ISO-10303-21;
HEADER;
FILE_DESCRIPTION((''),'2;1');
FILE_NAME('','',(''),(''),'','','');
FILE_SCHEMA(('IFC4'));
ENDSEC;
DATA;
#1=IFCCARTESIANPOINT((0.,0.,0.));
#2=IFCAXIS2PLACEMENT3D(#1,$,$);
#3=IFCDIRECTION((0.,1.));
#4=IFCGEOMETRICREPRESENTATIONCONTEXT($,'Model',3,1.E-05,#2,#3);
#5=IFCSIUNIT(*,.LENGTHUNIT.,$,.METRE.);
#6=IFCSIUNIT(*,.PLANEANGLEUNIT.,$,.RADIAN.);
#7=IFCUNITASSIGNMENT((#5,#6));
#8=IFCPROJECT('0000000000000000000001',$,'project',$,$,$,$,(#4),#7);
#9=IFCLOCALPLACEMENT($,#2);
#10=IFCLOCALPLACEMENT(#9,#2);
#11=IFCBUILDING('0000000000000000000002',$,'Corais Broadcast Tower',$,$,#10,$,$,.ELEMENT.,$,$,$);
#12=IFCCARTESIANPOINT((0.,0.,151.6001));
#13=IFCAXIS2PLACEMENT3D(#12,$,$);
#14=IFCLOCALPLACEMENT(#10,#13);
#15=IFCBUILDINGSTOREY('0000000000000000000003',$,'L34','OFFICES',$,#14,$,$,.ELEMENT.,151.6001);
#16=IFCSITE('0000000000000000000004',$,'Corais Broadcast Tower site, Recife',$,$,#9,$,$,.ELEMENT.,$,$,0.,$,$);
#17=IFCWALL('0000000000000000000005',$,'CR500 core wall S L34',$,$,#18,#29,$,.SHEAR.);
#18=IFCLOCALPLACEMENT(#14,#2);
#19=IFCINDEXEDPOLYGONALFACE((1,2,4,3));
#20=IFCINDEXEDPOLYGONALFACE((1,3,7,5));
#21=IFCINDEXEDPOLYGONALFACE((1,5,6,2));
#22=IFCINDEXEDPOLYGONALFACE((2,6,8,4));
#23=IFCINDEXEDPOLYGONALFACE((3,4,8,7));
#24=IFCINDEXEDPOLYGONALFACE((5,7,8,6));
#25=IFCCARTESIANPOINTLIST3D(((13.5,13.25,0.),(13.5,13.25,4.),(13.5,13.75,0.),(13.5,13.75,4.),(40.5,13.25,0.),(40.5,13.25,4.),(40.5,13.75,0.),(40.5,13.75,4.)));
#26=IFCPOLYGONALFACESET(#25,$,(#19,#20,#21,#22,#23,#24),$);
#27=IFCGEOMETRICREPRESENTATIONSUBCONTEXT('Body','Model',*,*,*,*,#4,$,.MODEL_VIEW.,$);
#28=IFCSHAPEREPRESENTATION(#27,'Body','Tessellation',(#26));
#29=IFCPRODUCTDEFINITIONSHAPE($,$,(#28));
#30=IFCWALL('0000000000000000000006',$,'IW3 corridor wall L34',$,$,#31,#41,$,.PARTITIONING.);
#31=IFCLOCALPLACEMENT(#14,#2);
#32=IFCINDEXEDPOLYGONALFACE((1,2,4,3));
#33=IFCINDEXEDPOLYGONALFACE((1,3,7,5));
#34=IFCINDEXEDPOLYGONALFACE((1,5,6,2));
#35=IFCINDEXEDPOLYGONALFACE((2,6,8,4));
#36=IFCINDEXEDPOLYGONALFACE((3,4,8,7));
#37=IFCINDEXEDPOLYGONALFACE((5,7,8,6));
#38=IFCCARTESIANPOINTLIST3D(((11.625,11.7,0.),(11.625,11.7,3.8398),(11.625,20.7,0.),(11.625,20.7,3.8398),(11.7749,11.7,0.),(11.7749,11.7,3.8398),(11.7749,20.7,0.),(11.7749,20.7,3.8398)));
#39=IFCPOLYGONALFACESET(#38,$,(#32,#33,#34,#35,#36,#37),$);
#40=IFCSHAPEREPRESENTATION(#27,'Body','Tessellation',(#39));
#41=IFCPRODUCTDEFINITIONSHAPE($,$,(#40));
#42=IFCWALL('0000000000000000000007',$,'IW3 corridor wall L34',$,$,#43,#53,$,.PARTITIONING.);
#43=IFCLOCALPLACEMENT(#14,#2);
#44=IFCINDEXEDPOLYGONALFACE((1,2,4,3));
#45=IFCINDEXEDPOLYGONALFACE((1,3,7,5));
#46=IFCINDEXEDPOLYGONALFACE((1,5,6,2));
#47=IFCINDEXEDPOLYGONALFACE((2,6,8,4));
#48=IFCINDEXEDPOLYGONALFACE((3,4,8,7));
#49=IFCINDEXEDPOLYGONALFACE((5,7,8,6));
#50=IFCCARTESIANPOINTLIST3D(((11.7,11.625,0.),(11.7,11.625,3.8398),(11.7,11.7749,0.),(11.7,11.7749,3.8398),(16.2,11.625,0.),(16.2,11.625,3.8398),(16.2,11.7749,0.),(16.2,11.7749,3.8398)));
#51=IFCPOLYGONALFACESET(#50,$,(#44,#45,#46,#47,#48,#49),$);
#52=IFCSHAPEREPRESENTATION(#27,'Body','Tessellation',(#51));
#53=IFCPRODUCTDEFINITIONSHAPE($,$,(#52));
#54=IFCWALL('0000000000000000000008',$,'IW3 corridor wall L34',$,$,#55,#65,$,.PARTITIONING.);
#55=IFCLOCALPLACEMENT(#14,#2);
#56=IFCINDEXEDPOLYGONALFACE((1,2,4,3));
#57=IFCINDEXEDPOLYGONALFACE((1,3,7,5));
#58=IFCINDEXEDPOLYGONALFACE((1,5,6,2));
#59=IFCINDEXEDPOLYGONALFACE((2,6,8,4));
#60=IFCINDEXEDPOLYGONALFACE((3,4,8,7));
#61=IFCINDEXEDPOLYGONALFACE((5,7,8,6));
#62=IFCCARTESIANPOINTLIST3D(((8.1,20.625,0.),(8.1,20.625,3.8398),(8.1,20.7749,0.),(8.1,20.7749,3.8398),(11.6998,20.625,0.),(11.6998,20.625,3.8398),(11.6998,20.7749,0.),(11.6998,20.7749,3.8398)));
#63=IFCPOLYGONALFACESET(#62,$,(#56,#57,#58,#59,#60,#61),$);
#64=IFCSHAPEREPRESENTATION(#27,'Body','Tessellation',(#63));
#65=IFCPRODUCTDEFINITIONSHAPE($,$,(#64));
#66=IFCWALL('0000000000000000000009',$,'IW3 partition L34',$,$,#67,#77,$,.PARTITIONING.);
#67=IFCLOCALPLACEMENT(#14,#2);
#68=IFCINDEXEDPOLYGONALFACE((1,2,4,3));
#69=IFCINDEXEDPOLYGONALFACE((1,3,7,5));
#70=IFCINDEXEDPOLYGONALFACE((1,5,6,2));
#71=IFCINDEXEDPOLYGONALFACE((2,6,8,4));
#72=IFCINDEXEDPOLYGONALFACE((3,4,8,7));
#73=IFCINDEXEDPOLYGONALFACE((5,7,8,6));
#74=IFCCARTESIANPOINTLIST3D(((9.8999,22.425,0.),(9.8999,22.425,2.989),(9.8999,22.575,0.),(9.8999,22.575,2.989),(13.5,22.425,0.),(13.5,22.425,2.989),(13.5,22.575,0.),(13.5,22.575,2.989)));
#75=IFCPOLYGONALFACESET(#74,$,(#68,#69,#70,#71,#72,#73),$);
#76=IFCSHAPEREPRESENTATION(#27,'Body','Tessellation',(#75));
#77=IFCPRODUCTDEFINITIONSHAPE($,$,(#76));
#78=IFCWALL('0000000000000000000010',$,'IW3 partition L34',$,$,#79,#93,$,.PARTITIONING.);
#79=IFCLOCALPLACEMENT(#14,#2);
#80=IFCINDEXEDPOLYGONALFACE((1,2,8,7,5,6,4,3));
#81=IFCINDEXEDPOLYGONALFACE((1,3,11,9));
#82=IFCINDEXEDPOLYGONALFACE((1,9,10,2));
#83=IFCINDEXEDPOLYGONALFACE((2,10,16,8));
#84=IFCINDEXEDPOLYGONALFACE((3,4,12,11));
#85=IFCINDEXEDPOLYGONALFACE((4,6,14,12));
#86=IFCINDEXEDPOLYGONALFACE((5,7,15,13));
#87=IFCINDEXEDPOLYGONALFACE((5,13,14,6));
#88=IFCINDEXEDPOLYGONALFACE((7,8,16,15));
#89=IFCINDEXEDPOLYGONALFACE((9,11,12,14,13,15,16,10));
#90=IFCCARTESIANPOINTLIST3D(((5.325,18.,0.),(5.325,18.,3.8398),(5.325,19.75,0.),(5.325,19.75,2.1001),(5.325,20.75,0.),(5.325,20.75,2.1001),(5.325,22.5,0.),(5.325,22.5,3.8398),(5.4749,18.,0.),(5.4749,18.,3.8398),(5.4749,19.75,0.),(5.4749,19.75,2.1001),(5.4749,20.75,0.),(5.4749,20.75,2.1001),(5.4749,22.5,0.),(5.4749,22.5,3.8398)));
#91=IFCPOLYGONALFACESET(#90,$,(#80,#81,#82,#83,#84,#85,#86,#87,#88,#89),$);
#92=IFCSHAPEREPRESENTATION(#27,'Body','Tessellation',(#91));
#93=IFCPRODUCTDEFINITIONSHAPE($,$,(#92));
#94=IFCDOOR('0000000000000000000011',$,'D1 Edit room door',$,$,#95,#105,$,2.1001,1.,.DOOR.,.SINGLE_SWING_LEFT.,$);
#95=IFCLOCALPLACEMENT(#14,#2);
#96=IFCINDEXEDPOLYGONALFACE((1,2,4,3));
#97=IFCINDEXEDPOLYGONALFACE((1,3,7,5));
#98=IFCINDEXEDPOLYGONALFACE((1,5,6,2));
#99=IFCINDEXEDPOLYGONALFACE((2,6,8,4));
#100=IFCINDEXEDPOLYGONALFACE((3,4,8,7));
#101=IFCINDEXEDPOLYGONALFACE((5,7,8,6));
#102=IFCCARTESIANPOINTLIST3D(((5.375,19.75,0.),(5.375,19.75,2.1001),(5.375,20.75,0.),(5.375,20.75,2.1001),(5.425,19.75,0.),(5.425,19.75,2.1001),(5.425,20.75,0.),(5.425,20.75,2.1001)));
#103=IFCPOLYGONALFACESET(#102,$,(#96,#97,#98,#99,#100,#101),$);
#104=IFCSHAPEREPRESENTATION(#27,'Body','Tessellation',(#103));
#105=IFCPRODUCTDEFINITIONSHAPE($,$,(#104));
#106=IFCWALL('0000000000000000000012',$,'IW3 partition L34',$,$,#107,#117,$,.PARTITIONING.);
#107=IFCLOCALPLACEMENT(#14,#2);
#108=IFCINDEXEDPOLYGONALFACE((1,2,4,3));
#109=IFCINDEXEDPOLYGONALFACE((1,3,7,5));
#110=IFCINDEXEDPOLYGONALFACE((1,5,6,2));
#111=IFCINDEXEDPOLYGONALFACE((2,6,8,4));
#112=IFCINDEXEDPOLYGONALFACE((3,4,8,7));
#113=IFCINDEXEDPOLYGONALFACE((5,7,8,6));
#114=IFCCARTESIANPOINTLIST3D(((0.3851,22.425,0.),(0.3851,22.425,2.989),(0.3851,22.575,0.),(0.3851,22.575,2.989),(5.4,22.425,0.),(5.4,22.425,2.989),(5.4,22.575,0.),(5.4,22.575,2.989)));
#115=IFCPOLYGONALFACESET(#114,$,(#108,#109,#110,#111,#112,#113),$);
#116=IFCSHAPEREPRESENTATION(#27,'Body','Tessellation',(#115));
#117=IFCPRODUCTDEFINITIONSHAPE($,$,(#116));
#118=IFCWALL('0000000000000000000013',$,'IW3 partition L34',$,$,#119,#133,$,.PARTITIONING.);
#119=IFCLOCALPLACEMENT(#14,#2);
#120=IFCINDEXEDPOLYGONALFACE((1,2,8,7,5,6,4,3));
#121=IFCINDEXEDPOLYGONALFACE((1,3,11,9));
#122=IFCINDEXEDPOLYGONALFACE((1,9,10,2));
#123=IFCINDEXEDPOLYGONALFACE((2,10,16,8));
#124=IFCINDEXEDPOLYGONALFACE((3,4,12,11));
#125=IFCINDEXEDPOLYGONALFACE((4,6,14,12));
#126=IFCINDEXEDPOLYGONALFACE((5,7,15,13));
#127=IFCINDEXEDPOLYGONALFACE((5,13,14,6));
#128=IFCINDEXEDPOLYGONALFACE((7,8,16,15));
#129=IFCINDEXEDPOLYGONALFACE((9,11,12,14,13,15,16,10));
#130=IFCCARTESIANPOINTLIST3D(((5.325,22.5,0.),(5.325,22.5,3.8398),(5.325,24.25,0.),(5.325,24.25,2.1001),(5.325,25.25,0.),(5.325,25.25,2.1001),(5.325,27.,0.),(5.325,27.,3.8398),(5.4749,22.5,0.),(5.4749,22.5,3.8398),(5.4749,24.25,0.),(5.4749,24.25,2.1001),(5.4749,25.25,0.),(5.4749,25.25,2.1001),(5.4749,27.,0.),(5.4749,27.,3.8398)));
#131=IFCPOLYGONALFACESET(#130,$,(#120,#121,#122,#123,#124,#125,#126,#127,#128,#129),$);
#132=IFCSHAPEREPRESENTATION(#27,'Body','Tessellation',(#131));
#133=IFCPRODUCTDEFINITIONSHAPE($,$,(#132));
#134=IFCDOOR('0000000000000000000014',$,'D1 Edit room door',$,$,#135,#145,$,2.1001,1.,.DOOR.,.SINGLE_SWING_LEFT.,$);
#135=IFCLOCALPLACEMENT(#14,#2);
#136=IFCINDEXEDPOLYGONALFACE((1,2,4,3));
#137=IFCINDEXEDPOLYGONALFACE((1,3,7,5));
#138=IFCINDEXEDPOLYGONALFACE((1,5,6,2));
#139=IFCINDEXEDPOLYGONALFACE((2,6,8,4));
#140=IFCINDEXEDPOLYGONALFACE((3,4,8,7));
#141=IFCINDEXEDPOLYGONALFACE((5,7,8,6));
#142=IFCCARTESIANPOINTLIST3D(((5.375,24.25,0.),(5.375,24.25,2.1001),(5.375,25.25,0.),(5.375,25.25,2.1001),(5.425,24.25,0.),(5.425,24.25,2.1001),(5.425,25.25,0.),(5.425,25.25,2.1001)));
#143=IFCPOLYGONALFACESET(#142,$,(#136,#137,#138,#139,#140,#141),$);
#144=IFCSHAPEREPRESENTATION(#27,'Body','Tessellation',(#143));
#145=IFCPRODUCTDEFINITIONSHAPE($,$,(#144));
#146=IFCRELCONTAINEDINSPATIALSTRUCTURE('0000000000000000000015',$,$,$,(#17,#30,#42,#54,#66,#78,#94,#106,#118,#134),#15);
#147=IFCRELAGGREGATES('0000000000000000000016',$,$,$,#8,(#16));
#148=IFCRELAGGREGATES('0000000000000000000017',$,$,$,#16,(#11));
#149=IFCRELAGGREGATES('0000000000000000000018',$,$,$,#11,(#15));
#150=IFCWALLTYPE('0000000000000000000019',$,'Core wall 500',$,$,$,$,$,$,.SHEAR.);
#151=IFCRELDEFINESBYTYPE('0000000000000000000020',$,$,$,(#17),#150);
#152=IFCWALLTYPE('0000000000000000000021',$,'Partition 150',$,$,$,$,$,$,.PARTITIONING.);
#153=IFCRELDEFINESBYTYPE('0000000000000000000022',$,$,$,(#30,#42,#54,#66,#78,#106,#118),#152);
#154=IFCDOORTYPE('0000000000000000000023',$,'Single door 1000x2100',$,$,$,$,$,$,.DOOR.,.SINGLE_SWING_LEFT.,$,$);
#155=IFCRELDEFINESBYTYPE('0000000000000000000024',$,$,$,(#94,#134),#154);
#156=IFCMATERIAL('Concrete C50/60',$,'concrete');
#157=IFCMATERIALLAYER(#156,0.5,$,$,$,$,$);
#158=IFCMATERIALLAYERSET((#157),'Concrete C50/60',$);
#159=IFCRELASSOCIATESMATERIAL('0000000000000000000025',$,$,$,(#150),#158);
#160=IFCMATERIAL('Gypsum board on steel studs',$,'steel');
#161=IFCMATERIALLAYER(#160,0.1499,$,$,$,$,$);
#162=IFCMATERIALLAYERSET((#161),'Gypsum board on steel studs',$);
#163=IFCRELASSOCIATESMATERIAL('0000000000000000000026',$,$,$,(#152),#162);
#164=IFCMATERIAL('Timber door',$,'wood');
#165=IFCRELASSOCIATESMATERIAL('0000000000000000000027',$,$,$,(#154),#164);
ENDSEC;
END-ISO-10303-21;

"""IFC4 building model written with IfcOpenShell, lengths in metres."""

from ifc_helpers import new_model, si_unit, direction, frame, frame_2d, origin, place, context, subcontext, project, spatial, rectangle, extrude, material, layer, layer_set, type_object, element, fill, save


model = new_model("IFC4")

# Units and contexts
model_context = context("Model", 3, precision=1e-05, world=origin(), true_north=direction((0.0, 1.0)))
body_context = subcontext(model_context, "Body", "Model", "MODEL_VIEW")
ifc_project = project(units=[si_unit("LENGTHUNIT", "METRE"), si_unit("PLANEANGLEUNIT", "RADIAN")], contexts=[model_context])

# Site, building, storey
site_placement = place(None, origin())
site = spatial("IfcSite", under=ifc_project, at=site_placement, Name="Corais Broadcast Tower site, Recife", CompositionType="ELEMENT", RefElevation=0.0)
building_placement = place(site_placement, origin())
building = spatial("IfcBuilding", under=site, at=building_placement, Name="Corais Broadcast Tower", CompositionType="ELEMENT")
storey_placement = place(building_placement, frame((0.0, 0.0, 151.6001)))
storey = spatial("IfcBuildingStorey", under=building, at=storey_placement, Name="L34", Description="OFFICES", CompositionType="ELEMENT", Elevation=151.6001)

# Walls
ifc_material_1 = material(Name="Concrete C50/60", Category="concrete")
ifc_layer_1 = layer(ifc_material_1, 0.5)
ifc_layer_set_1 = layer_set([ifc_layer_1], Name="Concrete C50/60")
wall_type_1 = type_object("IfcWallType", Name="Core wall 500", PredefinedType="SHEAR", material=ifc_layer_set_1)
wall_1_placement = place(storey_placement, frame((13.5, 13.5, 0.0), z_axis=(0.0, 0.0, 1.0), x_axis=(1.0, 0.0, 0.0)))
element("IfcWall", 1, at=wall_1_placement, inside=storey, type_object=wall_type_1, Name="CR500 core wall S L34", PredefinedType="SHEAR", context=body_context, shape_type="SweptSolid", body=[
    extrude(rectangle(XDim=27.0, YDim=0.5, at=frame_2d((13.5, 0.0))), origin(), (0.0, 0.0, 1.0), 4.0),
])
ifc_material_2 = material(Name="Gypsum board on steel studs", Category="steel")
ifc_layer_2 = layer(ifc_material_2, 0.1499)
ifc_layer_set_2 = layer_set([ifc_layer_2], Name="Gypsum board on steel studs")
wall_type_2 = type_object("IfcWallType", Name="Partition 150", PredefinedType="PARTITIONING", material=ifc_layer_set_2)
wall_2_placement = place(storey_placement, frame((11.7, 20.7, 0.0), z_axis=(0.0, 0.0, 1.0), x_axis=(0.0, -1.0, 0.0)))
element("IfcWall", 2, at=wall_2_placement, inside=storey, type_object=wall_type_2, Name="IW3 corridor wall L34", PredefinedType="PARTITIONING", context=body_context, shape_type="SweptSolid", body=[
    extrude(rectangle(XDim=9.0, YDim=0.1499, at=frame_2d((4.5, 0.0))), origin(), (0.0, 0.0, 1.0), 3.8398),
])
wall_3_placement = place(storey_placement, frame((11.7, 11.7, 0.0), z_axis=(0.0, 0.0, 1.0), x_axis=(1.0, 0.0, 0.0)))
element("IfcWall", 3, at=wall_3_placement, inside=storey, type_object=wall_type_2, Name="IW3 corridor wall L34", PredefinedType="PARTITIONING", context=body_context, shape_type="SweptSolid", body=[
    extrude(rectangle(XDim=4.5, YDim=0.1499, at=frame_2d((2.25, 0.0))), origin(), (0.0, 0.0, 1.0), 3.8398),
])
wall_4_placement = place(storey_placement, frame((8.1001, 20.7, 0.0), z_axis=(0.0, 0.0, 1.0), x_axis=(1.0, 0.0, 0.0)))
element("IfcWall", 4, at=wall_4_placement, inside=storey, type_object=wall_type_2, Name="IW3 corridor wall L34", PredefinedType="PARTITIONING", context=body_context, shape_type="SweptSolid", body=[
    extrude(rectangle(XDim=3.5999, YDim=0.1499, at=frame_2d((1.7998, 0.0))), origin(), (0.0, 0.0, 1.0), 3.8398),
])
wall_5_placement = place(storey_placement, frame((9.8999, 22.5, 0.0), z_axis=(0.0, 0.0, 1.0), x_axis=(1.0, 0.0, 0.0)))
element("IfcWall", 5, at=wall_5_placement, inside=storey, type_object=wall_type_2, Name="IW3 partition L34", PredefinedType="PARTITIONING", context=body_context, shape_type="SweptSolid", body=[
    extrude(rectangle(XDim=3.6001, YDim=0.1499, at=frame_2d((1.8, 0.0))), origin(), (0.0, 0.0, 1.0), 2.989),
])

# Wall, opening, door
wall_6_placement = place(storey_placement, frame((5.3999, 18.0, 0.0), z_axis=(0.0, 0.0, 1.0), x_axis=(0.0, 1.0, 0.0)))
wall_6 = element("IfcWall", 6, at=wall_6_placement, inside=storey, type_object=wall_type_2, Name="IW3 partition L34", PredefinedType="PARTITIONING", context=body_context, shape_type="SweptSolid", body=[
    extrude(rectangle(XDim=4.5, YDim=0.1499, at=frame_2d((2.25, 0.0))), origin(), (0.0, 0.0, 1.0), 3.8398),
])
opening_1_placement = place(wall_6_placement, frame((1.75, 0.0, 0.0)))
opening_1 = element("IfcOpeningElement", 7, at=opening_1_placement, cuts=wall_6, PredefinedType="OPENING", context=body_context, shape_type="SweptSolid", body=[
    extrude(rectangle(XDim=1.0, YDim=2.1001, at=frame_2d((0.5, 1.05))), frame((0.0, 0.085, 0.0), z_axis=(0.0, -1.0, 0.0), x_axis=(1.0, 0.0, 0.0)), (0.0, 0.0, 1.0), 0.1699),
])
ifc_material_3 = material(Name="Timber door", Category="wood")
door_type_1 = type_object("IfcDoorType", Name="Single door 1000x2100", OperationType="SINGLE_SWING_LEFT", PredefinedType="DOOR", material=ifc_material_3)
door_1_placement = place(opening_1_placement, origin())
door_1 = element("IfcDoor", 8, at=door_1_placement, inside=storey, type_object=door_type_1, Name="D1 Edit room door", OperationType="SINGLE_SWING_LEFT", OverallHeight=2.1001, OverallWidth=1.0, PredefinedType="DOOR", context=body_context, shape_type="SweptSolid", body=[
    extrude(rectangle(XDim=1.0, YDim=2.1001, at=frame_2d((0.5, 1.05))), frame((0.0, 0.0249, 0.0), z_axis=(0.0, -1.0, 0.0), x_axis=(1.0, 0.0, 0.0)), (0.0, 0.0, 1.0), 0.05),
])
fill(opening_1, door_1)

# Wall
wall_7_placement = place(storey_placement, frame((5.3999, 22.5, 0.0), z_axis=(0.0, 0.0, 1.0), x_axis=(-1.0, 0.0, 0.0)))
element("IfcWall", 9, at=wall_7_placement, inside=storey, type_object=wall_type_2, Name="IW3 partition L34", PredefinedType="PARTITIONING", context=body_context, shape_type="SweptSolid", body=[
    extrude(rectangle(XDim=5.0149, YDim=0.1499, at=frame_2d((2.5073, 0.0))), origin(), (0.0, 0.0, 1.0), 2.989),
])

# Wall, opening, door
wall_8_placement = place(storey_placement, frame((5.3999, 22.5, 0.0), z_axis=(0.0, 0.0, 1.0), x_axis=(0.0, 1.0, 0.0)))
wall_8 = element("IfcWall", 10, at=wall_8_placement, inside=storey, type_object=wall_type_2, Name="IW3 partition L34", PredefinedType="PARTITIONING", context=body_context, shape_type="SweptSolid", body=[
    extrude(rectangle(XDim=4.5, YDim=0.1499, at=frame_2d((2.25, 0.0))), origin(), (0.0, 0.0, 1.0), 3.8398),
])
opening_2_placement = place(wall_8_placement, frame((1.75, 0.0, 0.0)))
opening_2 = element("IfcOpeningElement", 11, at=opening_2_placement, cuts=wall_8, PredefinedType="OPENING", context=body_context, shape_type="SweptSolid", body=[
    extrude(rectangle(XDim=1.0, YDim=2.1001, at=frame_2d((0.5, 1.05))), frame((0.0, 0.085, 0.0), z_axis=(0.0, -1.0, 0.0), x_axis=(1.0, 0.0, 0.0)), (0.0, 0.0, 1.0), 0.1699),
])
door_2_placement = place(opening_2_placement, origin())
door_2 = element("IfcDoor", 12, at=door_2_placement, inside=storey, type_object=door_type_1, Name="D1 Edit room door", OperationType="SINGLE_SWING_LEFT", OverallHeight=2.1001, OverallWidth=1.0, PredefinedType="DOOR", context=body_context, shape_type="SweptSolid", body=[
    extrude(rectangle(XDim=1.0, YDim=2.1001, at=frame_2d((0.5, 1.05))), frame((0.0, 0.0249, 0.0), z_axis=(0.0, -1.0, 0.0), x_axis=(1.0, 0.0, 0.0)), (0.0, 0.0, 1.0), 0.05),
])
fill(opening_2, door_2)

save(model, "model.ifc")
